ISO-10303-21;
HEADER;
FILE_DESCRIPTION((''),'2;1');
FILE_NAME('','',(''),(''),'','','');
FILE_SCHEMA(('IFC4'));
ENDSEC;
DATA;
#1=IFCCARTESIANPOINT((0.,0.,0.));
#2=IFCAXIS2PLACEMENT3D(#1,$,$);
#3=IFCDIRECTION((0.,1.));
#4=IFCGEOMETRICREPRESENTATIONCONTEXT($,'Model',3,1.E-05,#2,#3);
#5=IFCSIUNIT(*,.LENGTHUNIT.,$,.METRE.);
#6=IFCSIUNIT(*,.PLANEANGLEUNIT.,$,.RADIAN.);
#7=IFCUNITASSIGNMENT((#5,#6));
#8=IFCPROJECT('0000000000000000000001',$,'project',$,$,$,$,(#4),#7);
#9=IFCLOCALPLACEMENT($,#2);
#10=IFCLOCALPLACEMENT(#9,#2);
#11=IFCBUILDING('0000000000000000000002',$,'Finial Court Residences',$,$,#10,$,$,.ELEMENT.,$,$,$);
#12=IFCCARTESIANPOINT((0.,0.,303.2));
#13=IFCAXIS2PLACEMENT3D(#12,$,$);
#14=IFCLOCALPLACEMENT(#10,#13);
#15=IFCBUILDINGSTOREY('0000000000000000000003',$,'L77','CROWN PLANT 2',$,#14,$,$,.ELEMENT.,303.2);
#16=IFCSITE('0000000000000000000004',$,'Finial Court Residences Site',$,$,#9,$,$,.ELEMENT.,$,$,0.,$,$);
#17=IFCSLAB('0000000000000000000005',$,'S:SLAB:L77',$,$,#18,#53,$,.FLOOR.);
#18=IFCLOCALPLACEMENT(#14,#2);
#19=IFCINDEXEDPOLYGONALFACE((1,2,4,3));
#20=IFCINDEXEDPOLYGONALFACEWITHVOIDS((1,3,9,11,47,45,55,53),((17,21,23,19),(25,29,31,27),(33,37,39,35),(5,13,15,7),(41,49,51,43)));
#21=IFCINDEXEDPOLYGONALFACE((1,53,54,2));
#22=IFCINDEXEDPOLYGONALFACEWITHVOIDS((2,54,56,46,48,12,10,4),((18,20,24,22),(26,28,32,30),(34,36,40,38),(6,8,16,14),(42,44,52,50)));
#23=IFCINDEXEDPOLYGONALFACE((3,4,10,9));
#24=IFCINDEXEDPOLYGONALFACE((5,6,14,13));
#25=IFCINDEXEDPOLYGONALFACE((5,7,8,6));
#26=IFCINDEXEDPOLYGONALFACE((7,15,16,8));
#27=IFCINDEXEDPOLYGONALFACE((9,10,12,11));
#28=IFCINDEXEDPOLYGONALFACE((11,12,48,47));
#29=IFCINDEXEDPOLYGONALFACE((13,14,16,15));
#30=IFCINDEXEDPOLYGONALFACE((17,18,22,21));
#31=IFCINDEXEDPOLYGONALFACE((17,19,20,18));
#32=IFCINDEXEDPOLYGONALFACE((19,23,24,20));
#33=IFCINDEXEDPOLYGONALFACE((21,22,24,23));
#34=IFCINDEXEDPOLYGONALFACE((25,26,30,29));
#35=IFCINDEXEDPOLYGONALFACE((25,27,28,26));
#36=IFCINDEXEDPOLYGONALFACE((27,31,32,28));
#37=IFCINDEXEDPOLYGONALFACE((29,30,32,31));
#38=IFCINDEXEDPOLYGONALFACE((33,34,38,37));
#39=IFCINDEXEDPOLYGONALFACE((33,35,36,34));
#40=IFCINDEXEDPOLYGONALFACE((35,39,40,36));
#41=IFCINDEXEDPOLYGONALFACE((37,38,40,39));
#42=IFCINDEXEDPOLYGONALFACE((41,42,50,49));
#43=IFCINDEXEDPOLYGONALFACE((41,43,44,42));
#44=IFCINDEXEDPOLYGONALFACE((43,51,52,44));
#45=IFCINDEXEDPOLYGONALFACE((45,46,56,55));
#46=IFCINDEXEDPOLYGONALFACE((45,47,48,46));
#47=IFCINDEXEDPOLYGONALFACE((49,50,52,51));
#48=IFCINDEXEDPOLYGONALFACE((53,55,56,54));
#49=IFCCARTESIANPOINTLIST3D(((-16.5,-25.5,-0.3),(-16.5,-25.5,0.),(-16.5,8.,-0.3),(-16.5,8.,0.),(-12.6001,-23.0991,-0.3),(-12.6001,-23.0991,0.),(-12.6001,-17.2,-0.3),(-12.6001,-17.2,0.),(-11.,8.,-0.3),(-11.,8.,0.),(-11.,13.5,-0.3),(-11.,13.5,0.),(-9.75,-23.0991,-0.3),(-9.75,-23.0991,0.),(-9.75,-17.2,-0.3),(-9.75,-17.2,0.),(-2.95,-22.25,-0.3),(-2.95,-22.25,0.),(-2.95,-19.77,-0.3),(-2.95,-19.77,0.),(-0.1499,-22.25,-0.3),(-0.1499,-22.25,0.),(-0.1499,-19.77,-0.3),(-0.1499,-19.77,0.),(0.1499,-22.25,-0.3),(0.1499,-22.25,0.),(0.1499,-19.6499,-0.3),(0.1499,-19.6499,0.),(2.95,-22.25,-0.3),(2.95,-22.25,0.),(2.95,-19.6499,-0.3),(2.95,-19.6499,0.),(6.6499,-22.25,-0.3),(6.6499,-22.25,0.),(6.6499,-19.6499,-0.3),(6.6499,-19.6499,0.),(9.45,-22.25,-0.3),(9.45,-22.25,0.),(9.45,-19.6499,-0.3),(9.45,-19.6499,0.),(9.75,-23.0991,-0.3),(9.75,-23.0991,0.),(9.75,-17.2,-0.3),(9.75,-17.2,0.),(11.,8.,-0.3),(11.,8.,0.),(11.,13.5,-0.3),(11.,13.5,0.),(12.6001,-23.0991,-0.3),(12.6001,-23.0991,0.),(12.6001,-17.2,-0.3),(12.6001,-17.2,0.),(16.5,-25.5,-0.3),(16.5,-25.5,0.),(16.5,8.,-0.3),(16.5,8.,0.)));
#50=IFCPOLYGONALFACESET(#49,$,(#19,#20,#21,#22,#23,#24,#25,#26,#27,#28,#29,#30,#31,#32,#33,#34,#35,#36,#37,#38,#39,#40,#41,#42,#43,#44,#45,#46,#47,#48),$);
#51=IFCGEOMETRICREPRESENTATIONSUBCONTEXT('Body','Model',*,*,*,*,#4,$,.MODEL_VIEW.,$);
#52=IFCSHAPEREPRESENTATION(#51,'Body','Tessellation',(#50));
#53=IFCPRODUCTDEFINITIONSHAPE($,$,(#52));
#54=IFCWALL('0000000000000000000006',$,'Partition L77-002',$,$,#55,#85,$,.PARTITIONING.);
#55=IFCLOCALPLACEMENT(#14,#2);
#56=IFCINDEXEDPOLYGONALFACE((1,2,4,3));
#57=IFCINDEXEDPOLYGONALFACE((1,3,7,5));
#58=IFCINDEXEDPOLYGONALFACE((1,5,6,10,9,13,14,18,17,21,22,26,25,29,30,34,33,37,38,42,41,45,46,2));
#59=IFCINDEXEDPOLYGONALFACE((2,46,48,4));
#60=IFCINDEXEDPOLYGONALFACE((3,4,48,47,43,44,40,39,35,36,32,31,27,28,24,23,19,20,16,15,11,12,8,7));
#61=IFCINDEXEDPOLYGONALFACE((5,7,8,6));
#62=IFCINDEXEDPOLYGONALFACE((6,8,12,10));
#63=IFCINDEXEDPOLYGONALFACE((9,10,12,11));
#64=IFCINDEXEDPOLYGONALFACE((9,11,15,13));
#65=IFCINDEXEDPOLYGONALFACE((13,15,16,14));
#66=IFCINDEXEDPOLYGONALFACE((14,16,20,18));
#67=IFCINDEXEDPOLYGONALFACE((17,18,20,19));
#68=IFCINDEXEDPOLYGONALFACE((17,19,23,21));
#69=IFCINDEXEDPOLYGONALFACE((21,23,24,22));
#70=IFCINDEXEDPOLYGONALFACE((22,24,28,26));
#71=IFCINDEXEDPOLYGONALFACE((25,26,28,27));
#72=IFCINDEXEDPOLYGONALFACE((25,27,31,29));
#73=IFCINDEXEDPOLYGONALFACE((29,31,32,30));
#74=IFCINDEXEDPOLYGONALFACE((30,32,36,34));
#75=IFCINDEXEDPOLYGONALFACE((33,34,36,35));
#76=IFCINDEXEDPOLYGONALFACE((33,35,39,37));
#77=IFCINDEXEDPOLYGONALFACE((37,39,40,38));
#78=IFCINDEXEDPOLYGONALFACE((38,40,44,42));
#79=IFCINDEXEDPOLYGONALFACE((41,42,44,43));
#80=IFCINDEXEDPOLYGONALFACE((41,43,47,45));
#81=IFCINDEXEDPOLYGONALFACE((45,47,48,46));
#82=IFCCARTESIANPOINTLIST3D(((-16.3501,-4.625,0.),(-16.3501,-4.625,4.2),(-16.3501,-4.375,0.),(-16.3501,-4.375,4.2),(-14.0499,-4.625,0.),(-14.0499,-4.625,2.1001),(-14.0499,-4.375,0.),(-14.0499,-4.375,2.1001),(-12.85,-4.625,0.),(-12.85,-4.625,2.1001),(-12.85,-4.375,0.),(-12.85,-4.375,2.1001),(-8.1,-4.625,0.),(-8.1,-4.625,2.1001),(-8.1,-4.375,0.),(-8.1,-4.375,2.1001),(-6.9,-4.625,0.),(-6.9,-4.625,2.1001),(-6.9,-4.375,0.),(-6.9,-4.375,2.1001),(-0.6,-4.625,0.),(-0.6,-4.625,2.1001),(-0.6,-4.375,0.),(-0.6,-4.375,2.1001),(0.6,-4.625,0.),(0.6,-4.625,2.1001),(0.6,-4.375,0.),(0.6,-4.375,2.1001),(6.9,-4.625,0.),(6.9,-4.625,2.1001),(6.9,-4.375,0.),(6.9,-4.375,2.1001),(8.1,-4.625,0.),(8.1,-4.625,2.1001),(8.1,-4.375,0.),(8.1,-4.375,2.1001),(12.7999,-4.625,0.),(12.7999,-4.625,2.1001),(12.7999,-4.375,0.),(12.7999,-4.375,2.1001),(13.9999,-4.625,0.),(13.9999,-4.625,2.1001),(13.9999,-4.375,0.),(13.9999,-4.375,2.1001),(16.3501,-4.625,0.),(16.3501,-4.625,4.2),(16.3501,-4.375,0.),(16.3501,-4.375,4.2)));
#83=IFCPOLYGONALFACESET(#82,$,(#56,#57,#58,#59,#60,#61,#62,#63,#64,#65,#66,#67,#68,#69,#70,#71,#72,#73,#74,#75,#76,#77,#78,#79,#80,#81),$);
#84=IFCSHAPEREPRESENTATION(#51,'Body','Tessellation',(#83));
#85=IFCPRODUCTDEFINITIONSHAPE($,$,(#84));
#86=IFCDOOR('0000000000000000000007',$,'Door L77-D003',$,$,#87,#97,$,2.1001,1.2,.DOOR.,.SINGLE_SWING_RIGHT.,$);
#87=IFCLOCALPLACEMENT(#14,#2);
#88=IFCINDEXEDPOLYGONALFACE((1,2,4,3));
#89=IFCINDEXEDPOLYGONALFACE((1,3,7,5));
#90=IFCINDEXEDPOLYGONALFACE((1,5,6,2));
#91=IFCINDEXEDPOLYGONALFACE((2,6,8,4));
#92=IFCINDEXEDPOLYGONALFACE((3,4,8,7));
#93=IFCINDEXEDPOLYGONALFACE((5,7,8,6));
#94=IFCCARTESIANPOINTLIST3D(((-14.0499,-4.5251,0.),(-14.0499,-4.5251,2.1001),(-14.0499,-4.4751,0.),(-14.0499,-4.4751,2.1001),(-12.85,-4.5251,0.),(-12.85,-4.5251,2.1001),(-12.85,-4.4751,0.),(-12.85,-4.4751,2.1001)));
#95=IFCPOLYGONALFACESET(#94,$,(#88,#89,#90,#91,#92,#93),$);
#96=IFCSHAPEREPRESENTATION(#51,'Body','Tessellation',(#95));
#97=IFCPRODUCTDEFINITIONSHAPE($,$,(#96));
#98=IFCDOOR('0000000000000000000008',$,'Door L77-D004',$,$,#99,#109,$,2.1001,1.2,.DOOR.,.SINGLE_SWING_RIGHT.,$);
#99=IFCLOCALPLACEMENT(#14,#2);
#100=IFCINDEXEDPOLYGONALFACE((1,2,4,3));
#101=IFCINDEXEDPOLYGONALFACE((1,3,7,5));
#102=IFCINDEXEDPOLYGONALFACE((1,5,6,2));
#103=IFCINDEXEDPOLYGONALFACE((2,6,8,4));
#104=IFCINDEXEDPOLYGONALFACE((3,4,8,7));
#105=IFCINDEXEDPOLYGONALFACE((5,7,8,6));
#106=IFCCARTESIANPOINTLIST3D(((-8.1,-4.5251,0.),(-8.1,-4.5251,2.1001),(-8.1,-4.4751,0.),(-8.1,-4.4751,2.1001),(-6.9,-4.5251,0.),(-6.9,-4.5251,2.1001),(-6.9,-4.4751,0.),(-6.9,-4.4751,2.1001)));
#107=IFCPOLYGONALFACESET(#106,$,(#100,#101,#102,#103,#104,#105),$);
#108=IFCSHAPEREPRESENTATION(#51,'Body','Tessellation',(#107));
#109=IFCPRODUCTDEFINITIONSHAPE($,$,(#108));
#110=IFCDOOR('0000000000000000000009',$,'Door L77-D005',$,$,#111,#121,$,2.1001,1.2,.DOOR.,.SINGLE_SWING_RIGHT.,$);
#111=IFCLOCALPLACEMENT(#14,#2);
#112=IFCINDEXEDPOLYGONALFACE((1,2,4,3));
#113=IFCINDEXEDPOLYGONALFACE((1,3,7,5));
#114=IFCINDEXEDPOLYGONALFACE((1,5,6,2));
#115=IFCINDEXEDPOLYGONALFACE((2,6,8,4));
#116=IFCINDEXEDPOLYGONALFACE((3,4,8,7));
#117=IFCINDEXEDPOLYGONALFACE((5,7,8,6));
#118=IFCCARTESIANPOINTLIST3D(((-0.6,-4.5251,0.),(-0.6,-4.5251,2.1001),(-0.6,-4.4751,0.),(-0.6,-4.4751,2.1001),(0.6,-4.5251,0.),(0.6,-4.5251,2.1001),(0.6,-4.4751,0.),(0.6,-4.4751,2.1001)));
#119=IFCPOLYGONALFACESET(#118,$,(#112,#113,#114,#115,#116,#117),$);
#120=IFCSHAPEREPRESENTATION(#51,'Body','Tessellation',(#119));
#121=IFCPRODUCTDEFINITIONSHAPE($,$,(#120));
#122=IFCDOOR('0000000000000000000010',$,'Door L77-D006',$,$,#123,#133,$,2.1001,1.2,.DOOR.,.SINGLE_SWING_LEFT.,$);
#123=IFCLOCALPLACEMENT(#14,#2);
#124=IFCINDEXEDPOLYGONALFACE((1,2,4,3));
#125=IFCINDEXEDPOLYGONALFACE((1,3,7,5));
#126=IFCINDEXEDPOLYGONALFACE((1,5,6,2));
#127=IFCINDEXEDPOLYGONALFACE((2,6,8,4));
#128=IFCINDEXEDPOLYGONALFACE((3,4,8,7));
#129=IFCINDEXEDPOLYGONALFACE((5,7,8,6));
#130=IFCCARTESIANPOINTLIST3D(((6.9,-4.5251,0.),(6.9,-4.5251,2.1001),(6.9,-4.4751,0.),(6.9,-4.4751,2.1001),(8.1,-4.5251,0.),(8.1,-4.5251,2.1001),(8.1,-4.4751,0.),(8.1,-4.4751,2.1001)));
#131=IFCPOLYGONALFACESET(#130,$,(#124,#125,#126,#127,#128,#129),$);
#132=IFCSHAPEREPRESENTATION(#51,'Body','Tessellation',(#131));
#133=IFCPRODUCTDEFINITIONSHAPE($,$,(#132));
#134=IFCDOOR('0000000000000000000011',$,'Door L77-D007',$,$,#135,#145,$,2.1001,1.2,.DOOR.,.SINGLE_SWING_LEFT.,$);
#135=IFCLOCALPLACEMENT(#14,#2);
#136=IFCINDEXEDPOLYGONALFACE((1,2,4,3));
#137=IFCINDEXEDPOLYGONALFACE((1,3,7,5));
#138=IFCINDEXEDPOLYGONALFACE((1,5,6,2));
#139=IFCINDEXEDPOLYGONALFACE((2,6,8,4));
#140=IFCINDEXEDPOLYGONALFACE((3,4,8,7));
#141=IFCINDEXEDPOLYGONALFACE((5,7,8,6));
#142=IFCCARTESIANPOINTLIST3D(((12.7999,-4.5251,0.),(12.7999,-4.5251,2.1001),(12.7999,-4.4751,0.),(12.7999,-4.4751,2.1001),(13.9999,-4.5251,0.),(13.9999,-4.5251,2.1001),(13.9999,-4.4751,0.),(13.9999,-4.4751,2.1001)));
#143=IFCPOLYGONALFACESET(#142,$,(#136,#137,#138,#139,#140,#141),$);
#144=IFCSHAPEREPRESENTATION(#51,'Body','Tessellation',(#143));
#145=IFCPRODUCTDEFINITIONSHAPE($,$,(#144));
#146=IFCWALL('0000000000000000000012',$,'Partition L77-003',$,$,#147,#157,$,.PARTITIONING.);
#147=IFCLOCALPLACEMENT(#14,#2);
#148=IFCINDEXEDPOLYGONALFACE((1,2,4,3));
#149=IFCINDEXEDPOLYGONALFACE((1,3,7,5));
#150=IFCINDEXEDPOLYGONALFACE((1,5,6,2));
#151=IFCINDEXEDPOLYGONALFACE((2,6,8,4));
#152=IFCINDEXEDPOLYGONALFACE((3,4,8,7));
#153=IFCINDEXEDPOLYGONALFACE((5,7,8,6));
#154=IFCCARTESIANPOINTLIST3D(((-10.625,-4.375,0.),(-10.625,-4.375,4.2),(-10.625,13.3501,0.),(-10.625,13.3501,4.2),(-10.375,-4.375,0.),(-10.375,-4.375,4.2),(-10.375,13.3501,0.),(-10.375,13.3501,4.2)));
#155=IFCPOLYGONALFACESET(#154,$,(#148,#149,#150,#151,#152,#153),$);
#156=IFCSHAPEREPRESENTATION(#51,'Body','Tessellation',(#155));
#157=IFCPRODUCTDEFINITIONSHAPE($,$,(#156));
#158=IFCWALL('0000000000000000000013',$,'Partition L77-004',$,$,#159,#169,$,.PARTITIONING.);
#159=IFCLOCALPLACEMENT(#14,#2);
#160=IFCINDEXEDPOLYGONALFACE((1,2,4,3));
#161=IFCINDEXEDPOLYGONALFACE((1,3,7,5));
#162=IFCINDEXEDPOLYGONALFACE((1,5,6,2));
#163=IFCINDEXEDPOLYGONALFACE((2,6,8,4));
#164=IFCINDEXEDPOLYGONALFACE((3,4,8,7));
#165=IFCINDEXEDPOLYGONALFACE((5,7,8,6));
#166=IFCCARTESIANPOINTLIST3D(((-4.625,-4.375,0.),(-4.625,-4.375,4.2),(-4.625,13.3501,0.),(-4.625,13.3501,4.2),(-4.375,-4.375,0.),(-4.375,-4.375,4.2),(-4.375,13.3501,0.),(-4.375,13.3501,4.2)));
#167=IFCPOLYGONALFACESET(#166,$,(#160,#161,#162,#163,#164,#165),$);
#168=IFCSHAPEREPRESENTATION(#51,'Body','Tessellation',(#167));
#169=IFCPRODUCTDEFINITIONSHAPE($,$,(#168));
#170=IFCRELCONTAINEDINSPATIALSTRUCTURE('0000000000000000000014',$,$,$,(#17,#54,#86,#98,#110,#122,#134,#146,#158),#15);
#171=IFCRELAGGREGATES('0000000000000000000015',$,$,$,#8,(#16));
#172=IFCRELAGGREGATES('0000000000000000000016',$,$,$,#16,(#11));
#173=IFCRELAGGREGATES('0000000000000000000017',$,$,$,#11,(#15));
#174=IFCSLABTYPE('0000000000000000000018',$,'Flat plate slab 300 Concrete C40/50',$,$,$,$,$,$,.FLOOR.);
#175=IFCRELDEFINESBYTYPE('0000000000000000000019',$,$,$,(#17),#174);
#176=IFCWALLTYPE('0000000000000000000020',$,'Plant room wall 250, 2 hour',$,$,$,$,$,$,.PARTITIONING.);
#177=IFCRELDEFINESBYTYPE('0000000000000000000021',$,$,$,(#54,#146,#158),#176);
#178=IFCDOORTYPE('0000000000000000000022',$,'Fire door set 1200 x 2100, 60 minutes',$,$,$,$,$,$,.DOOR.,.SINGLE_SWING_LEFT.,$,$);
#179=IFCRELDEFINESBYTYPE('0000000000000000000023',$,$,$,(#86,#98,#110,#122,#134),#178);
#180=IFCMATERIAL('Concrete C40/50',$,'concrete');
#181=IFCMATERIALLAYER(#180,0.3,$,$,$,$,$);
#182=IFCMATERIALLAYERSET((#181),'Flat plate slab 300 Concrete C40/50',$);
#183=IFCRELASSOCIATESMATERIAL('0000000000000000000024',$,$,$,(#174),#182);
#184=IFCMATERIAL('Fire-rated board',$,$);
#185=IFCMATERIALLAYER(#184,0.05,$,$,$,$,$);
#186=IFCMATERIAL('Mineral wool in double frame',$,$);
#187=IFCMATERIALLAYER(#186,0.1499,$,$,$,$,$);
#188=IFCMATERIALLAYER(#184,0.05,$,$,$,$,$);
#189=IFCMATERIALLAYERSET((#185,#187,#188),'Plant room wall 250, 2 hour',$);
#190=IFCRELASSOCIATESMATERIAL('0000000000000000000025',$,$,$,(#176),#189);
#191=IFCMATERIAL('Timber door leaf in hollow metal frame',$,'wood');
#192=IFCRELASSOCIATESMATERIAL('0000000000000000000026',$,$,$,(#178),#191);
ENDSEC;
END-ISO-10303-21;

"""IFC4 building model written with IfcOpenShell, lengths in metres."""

from ifc_helpers import new_model, si_unit, direction, frame, frame_2d, origin, place, context, subcontext, project, spatial, polyline, rectangle, outline, extrude, material, layer, layer_set, type_object, element, fill, save


model = new_model("IFC4")

# Units and contexts
model_context = context("Model", 3, precision=1e-05, world=origin(), true_north=direction((0.0, 1.0)))
body_context = subcontext(model_context, "Body", "Model", "MODEL_VIEW")
ifc_project = project(units=[si_unit("LENGTHUNIT", "METRE"), si_unit("PLANEANGLEUNIT", "RADIAN")], contexts=[model_context])

# Site, building, storey
site_placement = place(None, origin())
site = spatial("IfcSite", under=ifc_project, at=site_placement, Name="Finial Court Residences Site", CompositionType="ELEMENT", RefElevation=0.0)
building_placement = place(site_placement, origin())
building = spatial("IfcBuilding", under=site, at=building_placement, Name="Finial Court Residences", CompositionType="ELEMENT")
storey_placement = place(building_placement, frame((0.0, 0.0, 303.2)))
storey = spatial("IfcBuildingStorey", under=building, at=storey_placement, Name="L77", Description="CROWN PLANT 2", CompositionType="ELEMENT", Elevation=303.2)

# Shared definitions
ifc_material_1 = material(Name="Concrete C40/50", Category="concrete")

# Slab
ifc_layer_1 = layer(ifc_material_1, 0.3)
ifc_layer_set_1 = layer_set([ifc_layer_1], Name="Flat plate slab 300 Concrete C40/50")
slab_type_1 = type_object("IfcSlabType", Name="Flat plate slab 300 Concrete C40/50", PredefinedType="FLOOR", material=ifc_layer_set_1)
slab_1_placement = place(storey_placement, frame((0.0, 0.0, -0.3)))
element("IfcSlab", 1, at=slab_1_placement, inside=storey, type_object=slab_type_1, Name="S:SLAB:L77", PredefinedType="FLOOR", context=body_context, shape_type="SweptSolid", body=[
    extrude(outline(polyline([(-16.5, -25.5), (-16.5, 8.0), (-11.0, 8.0), (-11.0, 13.5), (11.0, 13.5), (11.0, 8.0), (16.5, 8.0), (16.5, -25.5), (-16.5, -25.5)]), holes=[polyline([(-2.95, -19.77), (-2.95, -22.25), (-0.1499, -22.25), (-0.1499, -19.77), (-2.95, -19.77)]), polyline([(0.1499, -19.6499), (0.1499, -22.25), (2.95, -22.25), (2.95, -19.6499), (0.1499, -19.6499)]), polyline([(6.6499, -19.6499), (6.6499, -22.25), (9.45, -22.25), (9.45, -19.6499), (6.6499, -19.6499)]), polyline([(-12.6001, -17.2), (-12.6001, -23.0991), (-9.75, -23.0991), (-9.75, -17.2), (-12.6001, -17.2)]), polyline([(9.75, -17.2), (9.75, -23.0991), (12.6001, -23.0991), (12.6001, -17.2), (9.75, -17.2)])]), origin(), (0.0, 0.0, 1.0), 0.3),
])

# Wall, openings, doors
ifc_material_2 = material(Name="Fire-rated board")
ifc_layer_2 = layer(ifc_material_2, 0.05)
ifc_material_3 = material(Name="Mineral wool in double frame")
ifc_layer_3 = layer(ifc_material_3, 0.1499)
ifc_layer_4 = layer(ifc_material_2, 0.05)
ifc_layer_set_2 = layer_set([ifc_layer_2, ifc_layer_3, ifc_layer_4], Name="Plant room wall 250, 2 hour")
wall_type = type_object("IfcWallType", Name="Plant room wall 250, 2 hour", PredefinedType="PARTITIONING", material=ifc_layer_set_2)
wall_placement = place(storey_placement, frame((-16.3501, -4.5, 0.0), z_axis=(0.0, 0.0, 1.0), x_axis=(1.0, 0.0, 0.0)))
wall = element("IfcWall", 2, at=wall_placement, inside=storey, type_object=wall_type, Name="Partition L77-002", PredefinedType="PARTITIONING", context=body_context, shape_type="SweptSolid", body=[
    extrude(rectangle(XDim=32.7002, YDim=0.25, at=frame_2d((16.3501, 0.0))), origin(), (0.0, 0.0, 1.0), 4.2),
])
opening_1_placement = place(wall_placement, frame((2.3, 0.0, 0.0)))
opening_1 = element("IfcOpeningElement", 3, at=opening_1_placement, cuts=wall, PredefinedType="OPENING", context=body_context, shape_type="SweptSolid", body=[
    extrude(rectangle(XDim=1.2, YDim=2.1001, at=frame_2d((0.6001, 1.05))), frame((0.0, 0.135, 0.0), z_axis=(0.0, -1.0, 0.0), x_axis=(1.0, 0.0, 0.0)), (0.0, 0.0, 1.0), 0.27),
])
opening_2_placement = place(wall_placement, frame((8.25, 0.0, 0.0)))
opening_2 = element("IfcOpeningElement", 4, at=opening_2_placement, cuts=wall, PredefinedType="OPENING", context=body_context, shape_type="SweptSolid", body=[
    extrude(rectangle(XDim=1.2, YDim=2.1001, at=frame_2d((0.6001, 1.05))), frame((0.0, 0.135, 0.0), z_axis=(0.0, -1.0, 0.0), x_axis=(1.0, 0.0, 0.0)), (0.0, 0.0, 1.0), 0.27),
])
opening_3_placement = place(wall_placement, frame((15.75, 0.0, 0.0)))
opening_3 = element("IfcOpeningElement", 5, at=opening_3_placement, cuts=wall, PredefinedType="OPENING", context=body_context, shape_type="SweptSolid", body=[
    extrude(rectangle(XDim=1.2, YDim=2.1001, at=frame_2d((0.6001, 1.05))), frame((0.0, 0.135, 0.0), z_axis=(0.0, -1.0, 0.0), x_axis=(1.0, 0.0, 0.0)), (0.0, 0.0, 1.0), 0.27),
])
opening_4_placement = place(wall_placement, frame((23.25, 0.0, 0.0)))
opening_4 = element("IfcOpeningElement", 6, at=opening_4_placement, cuts=wall, PredefinedType="OPENING", context=body_context, shape_type="SweptSolid", body=[
    extrude(rectangle(XDim=1.2, YDim=2.1001, at=frame_2d((0.6001, 1.05))), frame((0.0, 0.135, 0.0), z_axis=(0.0, -1.0, 0.0), x_axis=(1.0, 0.0, 0.0)), (0.0, 0.0, 1.0), 0.27),
])
opening_5_placement = place(wall_placement, frame((29.1499, 0.0, 0.0)))
opening_5 = element("IfcOpeningElement", 7, at=opening_5_placement, cuts=wall, PredefinedType="OPENING", context=body_context, shape_type="SweptSolid", body=[
    extrude(rectangle(XDim=1.2, YDim=2.1001, at=frame_2d((0.6001, 1.05))), frame((0.0, 0.135, 0.0), z_axis=(0.0, -1.0, 0.0), x_axis=(1.0, 0.0, 0.0)), (0.0, 0.0, 1.0), 0.27),
])
ifc_material_4 = material(Name="Timber door leaf in hollow metal frame", Category="wood")
door_type = type_object("IfcDoorType", Name="Fire door set 1200 x 2100, 60 minutes", OperationType="SINGLE_SWING_LEFT", PredefinedType="DOOR", material=ifc_material_4)
door_1_placement = place(opening_1_placement, origin())
door_1 = element("IfcDoor", 8, at=door_1_placement, inside=storey, type_object=door_type, Name="Door L77-D003", OperationType="SINGLE_SWING_RIGHT", OverallHeight=2.1001, OverallWidth=1.2, PredefinedType="DOOR", context=body_context, shape_type="SweptSolid", body=[
    extrude(rectangle(XDim=1.2, YDim=2.1001, at=frame_2d((0.6001, 1.05))), frame((0.0, 0.0249, 0.0), z_axis=(0.0, -1.0, 0.0), x_axis=(1.0, 0.0, 0.0)), (0.0, 0.0, 1.0), 0.05),
])
fill(opening_1, door_1)
door_2_placement = place(opening_2_placement, origin())
door_2 = element("IfcDoor", 9, at=door_2_placement, inside=storey, type_object=door_type, Name="Door L77-D004", OperationType="SINGLE_SWING_RIGHT", OverallHeight=2.1001, OverallWidth=1.2, PredefinedType="DOOR", context=body_context, shape_type="SweptSolid", body=[
    extrude(rectangle(XDim=1.2, YDim=2.1001, at=frame_2d((0.6001, 1.05))), frame((0.0, 0.0249, 0.0), z_axis=(0.0, -1.0, 0.0), x_axis=(1.0, 0.0, 0.0)), (0.0, 0.0, 1.0), 0.05),
])
fill(opening_2, door_2)
door_3_placement = place(opening_3_placement, origin())
door_3 = element("IfcDoor", 10, at=door_3_placement, inside=storey, type_object=door_type, Name="Door L77-D005", OperationType="SINGLE_SWING_RIGHT", OverallHeight=2.1001, OverallWidth=1.2, PredefinedType="DOOR", context=body_context, shape_type="SweptSolid", body=[
    extrude(rectangle(XDim=1.2, YDim=2.1001, at=frame_2d((0.6001, 1.05))), frame((0.0, 0.0249, 0.0), z_axis=(0.0, -1.0, 0.0), x_axis=(1.0, 0.0, 0.0)), (0.0, 0.0, 1.0), 0.05),
])
fill(opening_3, door_3)
door_4_placement = place(opening_4_placement, origin())
door_4 = element("IfcDoor", 11, at=door_4_placement, inside=storey, type_object=door_type, Name="Door L77-D006", OperationType="SINGLE_SWING_LEFT", OverallHeight=2.1001, OverallWidth=1.2, PredefinedType="DOOR", context=body_context, shape_type="SweptSolid", body=[
    extrude(rectangle(XDim=1.2, YDim=2.1001, at=frame_2d((0.6001, 1.05))), frame((0.0, 0.0249, 0.0), z_axis=(0.0, -1.0, 0.0), x_axis=(1.0, 0.0, 0.0)), (0.0, 0.0, 1.0), 0.05),
])
fill(opening_4, door_4)
door_5_placement = place(opening_5_placement, origin())
door_5 = element("IfcDoor", 12, at=door_5_placement, inside=storey, type_object=door_type, Name="Door L77-D007", OperationType="SINGLE_SWING_LEFT", OverallHeight=2.1001, OverallWidth=1.2, PredefinedType="DOOR", context=body_context, shape_type="SweptSolid", body=[
    extrude(rectangle(XDim=1.2, YDim=2.1001, at=frame_2d((0.6001, 1.05))), frame((0.0, 0.0249, 0.0), z_axis=(0.0, -1.0, 0.0), x_axis=(1.0, 0.0, 0.0)), (0.0, 0.0, 1.0), 0.05),
])
fill(opening_5, door_5)

# Walls
for number, where, z_axis, x_axis, name in (
    (13, (-10.5, -4.375, 0.0), (0.0, 0.0, 1.0), (0.0, 1.0, 0.0), "Partition L77-003"),
    (14, (-4.5, -4.375, 0.0), (0.0, 0.0, 1.0), (0.0, 1.0, 0.0), "Partition L77-004"),
):
    element("IfcWall", number, at=place(storey_placement, frame(where, z_axis=z_axis, x_axis=x_axis)), inside=storey, type_object=wall_type, Name=name, PredefinedType="PARTITIONING", context=body_context, shape_type="SweptSolid", body=[
        extrude(rectangle(XDim=17.7251, YDim=0.25, at=frame_2d((8.8625, 0.0))), origin(), (0.0, 0.0, 1.0), 4.2),
    ])

save(model, "model.ifc")
